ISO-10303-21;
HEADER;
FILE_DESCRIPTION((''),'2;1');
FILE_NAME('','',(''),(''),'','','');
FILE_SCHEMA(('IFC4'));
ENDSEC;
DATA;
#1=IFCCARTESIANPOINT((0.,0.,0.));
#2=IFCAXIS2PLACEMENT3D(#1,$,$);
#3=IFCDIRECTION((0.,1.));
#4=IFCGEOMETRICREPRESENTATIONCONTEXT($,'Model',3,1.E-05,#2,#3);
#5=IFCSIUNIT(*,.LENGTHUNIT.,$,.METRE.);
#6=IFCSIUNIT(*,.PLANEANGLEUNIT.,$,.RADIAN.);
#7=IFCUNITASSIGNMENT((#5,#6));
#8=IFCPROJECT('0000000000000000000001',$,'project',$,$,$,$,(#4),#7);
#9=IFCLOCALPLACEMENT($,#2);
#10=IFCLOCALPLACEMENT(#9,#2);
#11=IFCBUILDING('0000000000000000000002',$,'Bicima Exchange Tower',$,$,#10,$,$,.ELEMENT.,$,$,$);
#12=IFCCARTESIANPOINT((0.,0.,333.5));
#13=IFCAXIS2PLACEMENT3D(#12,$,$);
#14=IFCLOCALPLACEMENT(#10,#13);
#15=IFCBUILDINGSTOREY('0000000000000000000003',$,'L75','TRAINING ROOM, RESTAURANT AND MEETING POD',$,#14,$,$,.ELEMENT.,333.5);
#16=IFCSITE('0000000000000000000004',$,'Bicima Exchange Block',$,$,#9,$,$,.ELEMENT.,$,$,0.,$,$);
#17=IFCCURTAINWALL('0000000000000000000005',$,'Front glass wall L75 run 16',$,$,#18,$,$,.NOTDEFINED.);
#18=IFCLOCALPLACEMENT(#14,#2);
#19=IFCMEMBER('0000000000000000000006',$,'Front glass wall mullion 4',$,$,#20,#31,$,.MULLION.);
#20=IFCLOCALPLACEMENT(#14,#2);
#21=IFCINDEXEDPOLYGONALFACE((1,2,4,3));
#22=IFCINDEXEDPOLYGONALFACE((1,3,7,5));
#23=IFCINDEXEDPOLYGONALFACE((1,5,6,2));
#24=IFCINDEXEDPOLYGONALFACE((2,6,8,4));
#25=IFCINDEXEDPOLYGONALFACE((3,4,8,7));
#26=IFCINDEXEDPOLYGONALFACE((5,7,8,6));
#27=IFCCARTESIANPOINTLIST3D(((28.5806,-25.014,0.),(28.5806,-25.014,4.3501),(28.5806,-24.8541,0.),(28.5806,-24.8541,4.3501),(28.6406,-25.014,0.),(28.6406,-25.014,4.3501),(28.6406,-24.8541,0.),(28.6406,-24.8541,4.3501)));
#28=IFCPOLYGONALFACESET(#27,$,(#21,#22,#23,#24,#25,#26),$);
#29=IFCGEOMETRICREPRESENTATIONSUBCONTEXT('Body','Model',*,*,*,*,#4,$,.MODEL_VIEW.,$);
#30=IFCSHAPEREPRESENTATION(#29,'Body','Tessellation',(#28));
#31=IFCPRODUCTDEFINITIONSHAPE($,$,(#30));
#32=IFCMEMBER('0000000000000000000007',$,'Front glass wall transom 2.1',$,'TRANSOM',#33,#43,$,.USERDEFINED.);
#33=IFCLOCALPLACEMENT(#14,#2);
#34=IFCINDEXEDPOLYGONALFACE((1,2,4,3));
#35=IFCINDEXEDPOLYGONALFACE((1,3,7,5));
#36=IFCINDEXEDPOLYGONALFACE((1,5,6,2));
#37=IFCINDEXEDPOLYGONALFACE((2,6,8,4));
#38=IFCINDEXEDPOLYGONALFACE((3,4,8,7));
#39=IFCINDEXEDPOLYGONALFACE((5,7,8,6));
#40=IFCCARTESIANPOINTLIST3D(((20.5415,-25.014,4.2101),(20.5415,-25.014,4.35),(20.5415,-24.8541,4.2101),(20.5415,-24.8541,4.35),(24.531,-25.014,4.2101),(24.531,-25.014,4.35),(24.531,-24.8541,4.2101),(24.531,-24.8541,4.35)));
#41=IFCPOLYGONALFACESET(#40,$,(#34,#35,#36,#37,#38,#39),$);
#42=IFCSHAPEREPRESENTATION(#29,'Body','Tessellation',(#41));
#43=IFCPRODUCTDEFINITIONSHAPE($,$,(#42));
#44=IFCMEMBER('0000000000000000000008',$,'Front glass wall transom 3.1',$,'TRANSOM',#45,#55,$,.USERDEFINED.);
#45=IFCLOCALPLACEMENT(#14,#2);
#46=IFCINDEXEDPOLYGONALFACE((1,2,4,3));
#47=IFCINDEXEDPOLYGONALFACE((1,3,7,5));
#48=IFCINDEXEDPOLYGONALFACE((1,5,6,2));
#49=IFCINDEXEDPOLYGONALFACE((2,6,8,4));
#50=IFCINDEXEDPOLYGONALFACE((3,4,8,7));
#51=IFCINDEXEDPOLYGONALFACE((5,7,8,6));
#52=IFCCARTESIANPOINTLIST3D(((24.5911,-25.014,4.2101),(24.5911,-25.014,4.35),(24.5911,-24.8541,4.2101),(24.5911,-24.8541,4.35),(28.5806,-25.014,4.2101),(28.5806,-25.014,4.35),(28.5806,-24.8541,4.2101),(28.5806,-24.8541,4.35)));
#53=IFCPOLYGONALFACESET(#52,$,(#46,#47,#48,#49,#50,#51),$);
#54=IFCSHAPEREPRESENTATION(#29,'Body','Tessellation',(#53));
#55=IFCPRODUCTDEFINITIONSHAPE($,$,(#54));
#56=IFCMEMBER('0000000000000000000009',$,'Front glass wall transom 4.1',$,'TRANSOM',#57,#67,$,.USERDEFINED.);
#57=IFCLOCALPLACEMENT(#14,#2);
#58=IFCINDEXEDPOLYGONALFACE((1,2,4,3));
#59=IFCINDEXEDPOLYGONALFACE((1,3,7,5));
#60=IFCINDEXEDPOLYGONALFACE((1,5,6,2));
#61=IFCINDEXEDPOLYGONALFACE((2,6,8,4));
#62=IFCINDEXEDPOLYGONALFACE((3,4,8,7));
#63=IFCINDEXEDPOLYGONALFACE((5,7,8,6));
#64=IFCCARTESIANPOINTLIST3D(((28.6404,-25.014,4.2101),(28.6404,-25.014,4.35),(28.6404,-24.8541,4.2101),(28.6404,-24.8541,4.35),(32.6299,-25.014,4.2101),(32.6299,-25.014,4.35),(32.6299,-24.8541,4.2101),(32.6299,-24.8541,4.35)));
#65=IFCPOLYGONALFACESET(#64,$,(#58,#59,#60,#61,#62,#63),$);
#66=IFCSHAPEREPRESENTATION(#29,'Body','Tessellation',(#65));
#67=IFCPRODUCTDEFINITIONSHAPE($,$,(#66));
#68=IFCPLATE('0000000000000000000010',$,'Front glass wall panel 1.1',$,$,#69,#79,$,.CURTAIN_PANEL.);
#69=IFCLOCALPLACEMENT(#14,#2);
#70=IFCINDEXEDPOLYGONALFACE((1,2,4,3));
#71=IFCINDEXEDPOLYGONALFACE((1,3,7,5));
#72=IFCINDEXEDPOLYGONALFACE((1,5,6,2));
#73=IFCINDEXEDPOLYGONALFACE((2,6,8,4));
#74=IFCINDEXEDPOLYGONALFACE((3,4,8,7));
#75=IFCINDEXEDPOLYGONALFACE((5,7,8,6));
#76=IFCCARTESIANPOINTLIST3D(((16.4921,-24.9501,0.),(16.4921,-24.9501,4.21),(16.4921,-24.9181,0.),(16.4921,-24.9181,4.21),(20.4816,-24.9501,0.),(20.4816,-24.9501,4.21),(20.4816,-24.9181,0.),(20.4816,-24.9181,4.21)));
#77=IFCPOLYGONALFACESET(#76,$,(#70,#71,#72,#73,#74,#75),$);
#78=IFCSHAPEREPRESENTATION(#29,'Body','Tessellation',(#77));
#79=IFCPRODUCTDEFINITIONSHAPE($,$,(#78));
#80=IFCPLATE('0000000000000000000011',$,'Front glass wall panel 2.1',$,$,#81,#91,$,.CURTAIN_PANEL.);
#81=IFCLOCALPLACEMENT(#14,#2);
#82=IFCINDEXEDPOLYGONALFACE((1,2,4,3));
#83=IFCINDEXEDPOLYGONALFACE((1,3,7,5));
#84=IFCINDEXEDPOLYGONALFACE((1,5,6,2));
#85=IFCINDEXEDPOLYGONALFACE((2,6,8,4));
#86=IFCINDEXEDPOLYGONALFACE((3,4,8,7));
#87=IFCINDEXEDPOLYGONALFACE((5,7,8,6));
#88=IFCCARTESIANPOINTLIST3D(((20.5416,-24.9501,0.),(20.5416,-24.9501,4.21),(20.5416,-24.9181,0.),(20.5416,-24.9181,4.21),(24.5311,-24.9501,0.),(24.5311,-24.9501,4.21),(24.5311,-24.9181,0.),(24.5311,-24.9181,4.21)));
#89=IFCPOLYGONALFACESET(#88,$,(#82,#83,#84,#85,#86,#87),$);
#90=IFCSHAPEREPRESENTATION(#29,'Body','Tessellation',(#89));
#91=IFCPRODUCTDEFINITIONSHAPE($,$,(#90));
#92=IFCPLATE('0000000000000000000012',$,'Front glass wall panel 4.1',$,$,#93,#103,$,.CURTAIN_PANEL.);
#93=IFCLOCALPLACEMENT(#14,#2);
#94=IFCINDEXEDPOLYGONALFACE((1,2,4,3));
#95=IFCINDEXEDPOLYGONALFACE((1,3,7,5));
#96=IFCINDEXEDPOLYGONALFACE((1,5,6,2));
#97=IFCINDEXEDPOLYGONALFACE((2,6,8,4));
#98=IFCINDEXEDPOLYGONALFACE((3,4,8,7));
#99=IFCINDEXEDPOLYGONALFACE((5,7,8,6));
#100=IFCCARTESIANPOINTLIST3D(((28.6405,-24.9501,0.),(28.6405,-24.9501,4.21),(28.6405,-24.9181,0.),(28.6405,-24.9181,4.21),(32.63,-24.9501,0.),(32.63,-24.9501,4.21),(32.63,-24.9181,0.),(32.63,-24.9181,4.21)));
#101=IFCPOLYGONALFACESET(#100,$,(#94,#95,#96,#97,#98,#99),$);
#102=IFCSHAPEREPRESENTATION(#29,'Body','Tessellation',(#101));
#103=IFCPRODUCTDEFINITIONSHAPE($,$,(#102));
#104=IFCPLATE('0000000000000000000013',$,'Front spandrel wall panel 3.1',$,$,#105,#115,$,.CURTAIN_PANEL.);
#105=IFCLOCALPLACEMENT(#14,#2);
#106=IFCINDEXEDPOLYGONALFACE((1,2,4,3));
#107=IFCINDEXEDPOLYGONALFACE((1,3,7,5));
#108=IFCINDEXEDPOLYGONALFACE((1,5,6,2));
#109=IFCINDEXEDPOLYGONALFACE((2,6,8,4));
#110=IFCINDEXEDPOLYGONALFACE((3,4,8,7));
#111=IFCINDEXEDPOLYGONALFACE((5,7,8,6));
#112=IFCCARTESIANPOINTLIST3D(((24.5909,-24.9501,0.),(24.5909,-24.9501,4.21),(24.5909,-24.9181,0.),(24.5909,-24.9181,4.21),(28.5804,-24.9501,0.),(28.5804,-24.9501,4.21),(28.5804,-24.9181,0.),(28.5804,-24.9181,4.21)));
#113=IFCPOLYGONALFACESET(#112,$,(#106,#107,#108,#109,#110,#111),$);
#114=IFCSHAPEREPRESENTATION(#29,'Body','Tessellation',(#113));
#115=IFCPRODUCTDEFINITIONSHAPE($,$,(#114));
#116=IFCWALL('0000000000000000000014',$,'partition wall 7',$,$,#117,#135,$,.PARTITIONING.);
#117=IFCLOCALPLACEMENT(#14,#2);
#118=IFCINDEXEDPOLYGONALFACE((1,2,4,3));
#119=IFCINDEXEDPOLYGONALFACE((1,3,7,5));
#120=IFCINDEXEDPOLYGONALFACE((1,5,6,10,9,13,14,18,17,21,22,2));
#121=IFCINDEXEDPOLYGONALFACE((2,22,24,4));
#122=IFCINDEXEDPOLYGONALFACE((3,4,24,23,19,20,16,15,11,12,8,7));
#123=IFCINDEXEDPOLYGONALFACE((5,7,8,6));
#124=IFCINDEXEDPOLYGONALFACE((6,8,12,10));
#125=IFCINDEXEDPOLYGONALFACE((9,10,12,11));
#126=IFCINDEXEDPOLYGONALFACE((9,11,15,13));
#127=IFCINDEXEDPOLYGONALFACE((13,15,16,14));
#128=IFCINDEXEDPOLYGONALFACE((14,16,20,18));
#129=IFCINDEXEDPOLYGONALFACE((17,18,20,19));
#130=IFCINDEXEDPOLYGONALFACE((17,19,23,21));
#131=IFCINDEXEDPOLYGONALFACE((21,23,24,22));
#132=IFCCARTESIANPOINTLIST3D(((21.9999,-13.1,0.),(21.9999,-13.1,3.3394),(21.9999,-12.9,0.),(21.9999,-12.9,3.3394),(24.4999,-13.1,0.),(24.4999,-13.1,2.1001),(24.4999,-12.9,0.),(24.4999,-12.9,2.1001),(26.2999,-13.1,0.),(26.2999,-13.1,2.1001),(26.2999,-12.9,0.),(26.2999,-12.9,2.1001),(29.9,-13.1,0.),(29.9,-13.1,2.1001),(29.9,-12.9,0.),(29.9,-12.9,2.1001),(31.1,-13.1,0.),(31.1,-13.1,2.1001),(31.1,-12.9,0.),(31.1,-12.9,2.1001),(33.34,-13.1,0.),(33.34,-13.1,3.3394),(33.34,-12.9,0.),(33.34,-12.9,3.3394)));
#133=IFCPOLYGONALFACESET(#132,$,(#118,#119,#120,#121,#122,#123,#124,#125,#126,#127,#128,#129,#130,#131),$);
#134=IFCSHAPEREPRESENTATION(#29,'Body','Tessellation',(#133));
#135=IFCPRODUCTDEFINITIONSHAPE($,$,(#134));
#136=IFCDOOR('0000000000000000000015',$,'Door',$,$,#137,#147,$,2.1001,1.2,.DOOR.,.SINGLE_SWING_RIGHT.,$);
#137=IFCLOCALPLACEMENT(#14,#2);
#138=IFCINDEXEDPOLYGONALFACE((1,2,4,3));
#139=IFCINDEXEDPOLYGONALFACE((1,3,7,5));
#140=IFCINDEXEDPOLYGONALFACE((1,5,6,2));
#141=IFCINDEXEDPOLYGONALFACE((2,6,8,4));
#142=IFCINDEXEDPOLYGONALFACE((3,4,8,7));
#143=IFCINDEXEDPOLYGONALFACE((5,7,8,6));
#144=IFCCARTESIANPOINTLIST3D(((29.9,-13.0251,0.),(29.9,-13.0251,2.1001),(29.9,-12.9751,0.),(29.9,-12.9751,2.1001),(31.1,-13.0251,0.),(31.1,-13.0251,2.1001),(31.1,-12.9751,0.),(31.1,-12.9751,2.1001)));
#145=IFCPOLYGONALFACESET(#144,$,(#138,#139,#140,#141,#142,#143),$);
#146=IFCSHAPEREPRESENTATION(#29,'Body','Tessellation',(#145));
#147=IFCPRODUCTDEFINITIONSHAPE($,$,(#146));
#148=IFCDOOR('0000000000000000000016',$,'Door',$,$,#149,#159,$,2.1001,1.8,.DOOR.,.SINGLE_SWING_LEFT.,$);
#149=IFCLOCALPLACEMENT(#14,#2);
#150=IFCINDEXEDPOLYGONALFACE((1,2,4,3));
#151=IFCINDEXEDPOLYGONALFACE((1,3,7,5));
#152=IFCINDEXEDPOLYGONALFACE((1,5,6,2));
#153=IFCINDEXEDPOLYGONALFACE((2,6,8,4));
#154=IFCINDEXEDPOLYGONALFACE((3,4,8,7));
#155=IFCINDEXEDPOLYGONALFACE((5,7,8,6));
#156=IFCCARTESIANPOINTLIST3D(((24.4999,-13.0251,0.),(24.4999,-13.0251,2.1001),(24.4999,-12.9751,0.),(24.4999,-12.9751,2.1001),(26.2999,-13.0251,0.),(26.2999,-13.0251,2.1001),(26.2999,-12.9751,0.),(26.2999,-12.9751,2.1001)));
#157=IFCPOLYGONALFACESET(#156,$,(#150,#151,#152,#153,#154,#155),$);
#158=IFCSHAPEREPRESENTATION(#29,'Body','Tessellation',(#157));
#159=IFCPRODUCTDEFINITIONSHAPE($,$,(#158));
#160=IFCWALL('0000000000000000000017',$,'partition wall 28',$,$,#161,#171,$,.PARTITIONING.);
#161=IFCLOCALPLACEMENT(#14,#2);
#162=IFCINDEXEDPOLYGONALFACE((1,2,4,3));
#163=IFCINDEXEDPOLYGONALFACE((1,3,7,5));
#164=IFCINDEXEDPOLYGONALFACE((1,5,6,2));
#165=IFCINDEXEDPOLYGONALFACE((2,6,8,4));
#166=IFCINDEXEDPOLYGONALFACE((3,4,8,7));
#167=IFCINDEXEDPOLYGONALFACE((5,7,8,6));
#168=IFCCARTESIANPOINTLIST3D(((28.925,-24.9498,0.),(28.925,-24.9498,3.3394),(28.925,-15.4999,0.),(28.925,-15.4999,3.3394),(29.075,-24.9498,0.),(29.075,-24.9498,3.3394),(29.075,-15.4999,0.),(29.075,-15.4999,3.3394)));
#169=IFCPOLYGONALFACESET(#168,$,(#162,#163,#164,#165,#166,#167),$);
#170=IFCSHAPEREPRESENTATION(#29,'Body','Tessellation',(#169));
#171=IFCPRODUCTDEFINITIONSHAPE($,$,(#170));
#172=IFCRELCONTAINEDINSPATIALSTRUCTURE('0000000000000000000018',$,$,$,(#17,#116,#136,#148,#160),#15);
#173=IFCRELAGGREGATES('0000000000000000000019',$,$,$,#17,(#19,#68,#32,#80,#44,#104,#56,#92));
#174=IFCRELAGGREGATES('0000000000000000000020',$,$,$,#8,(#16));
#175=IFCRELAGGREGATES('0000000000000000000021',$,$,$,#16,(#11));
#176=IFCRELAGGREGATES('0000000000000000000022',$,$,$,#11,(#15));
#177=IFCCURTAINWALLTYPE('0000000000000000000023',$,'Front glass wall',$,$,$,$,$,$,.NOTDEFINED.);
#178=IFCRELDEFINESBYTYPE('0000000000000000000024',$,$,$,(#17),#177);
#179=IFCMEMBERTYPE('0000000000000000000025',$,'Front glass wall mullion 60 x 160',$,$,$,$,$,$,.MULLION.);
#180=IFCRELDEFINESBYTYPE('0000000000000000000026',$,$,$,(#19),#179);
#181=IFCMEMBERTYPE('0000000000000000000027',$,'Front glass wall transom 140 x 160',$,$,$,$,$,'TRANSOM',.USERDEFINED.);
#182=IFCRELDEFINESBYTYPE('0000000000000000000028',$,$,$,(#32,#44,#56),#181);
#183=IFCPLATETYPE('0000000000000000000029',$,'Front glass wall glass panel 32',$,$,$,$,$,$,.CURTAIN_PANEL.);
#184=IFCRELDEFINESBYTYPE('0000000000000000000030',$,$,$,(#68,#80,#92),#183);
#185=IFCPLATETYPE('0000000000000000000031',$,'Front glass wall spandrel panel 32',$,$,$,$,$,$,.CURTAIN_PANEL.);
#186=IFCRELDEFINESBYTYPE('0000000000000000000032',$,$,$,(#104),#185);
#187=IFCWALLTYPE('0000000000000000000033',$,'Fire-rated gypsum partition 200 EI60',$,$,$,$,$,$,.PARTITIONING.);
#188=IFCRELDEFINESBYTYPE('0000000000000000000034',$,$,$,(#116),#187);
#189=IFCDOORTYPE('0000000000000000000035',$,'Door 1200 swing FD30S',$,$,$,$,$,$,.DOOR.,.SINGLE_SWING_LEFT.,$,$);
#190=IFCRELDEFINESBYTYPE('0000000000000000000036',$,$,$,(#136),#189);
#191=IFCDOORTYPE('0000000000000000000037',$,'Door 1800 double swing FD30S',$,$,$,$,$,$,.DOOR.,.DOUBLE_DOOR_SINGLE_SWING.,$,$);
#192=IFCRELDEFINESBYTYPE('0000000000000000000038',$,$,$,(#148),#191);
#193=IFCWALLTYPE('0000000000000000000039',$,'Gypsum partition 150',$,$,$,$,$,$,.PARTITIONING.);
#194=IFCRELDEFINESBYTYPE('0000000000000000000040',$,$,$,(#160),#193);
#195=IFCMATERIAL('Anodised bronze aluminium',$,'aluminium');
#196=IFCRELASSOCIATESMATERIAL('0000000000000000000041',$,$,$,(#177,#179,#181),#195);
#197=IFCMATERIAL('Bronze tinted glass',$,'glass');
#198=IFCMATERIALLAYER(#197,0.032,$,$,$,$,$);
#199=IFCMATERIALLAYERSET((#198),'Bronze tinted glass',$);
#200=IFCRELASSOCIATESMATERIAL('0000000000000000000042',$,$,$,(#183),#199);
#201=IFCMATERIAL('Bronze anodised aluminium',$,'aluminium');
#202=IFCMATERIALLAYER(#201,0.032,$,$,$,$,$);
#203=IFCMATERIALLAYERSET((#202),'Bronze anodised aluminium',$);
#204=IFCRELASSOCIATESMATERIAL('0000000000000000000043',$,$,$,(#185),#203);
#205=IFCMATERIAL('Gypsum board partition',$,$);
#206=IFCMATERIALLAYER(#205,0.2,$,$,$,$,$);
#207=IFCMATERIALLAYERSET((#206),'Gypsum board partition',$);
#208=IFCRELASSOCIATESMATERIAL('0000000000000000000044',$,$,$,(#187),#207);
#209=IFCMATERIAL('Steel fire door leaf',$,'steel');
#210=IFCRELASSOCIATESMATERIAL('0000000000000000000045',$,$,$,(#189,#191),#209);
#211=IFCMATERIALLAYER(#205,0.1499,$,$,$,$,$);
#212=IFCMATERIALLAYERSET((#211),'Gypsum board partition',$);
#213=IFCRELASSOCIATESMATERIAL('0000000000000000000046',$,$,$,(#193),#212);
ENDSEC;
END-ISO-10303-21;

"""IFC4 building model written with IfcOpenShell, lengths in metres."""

from ifc_helpers import new_model, si_unit, direction, frame, frame_2d, origin, origin_2d, place, context, subcontext, project, spatial, rectangle, extrude, material, layer, layer_set, material_profile, profile_set, type_object, element, fill, aggregate, save


model = new_model("IFC4")

# Units and contexts
model_context = context("Model", 3, precision=1e-05, world=origin(), true_north=direction((0.0, 1.0)))
body_context = subcontext(model_context, "Body", "Model", "MODEL_VIEW")
ifc_project = project(units=[si_unit("LENGTHUNIT", "METRE"), si_unit("PLANEANGLEUNIT", "RADIAN")], contexts=[model_context])

# Site, building, storey
site_placement = place(None, origin())
site = spatial("IfcSite", under=ifc_project, at=site_placement, Name="Bicima Exchange Block", CompositionType="ELEMENT", RefElevation=0.0)
building_placement = place(site_placement, origin())
building = spatial("IfcBuilding", under=site, at=building_placement, Name="Bicima Exchange Tower", CompositionType="ELEMENT")
storey_placement = place(building_placement, frame((0.0, 0.0, 333.5)))
storey = spatial("IfcBuildingStorey", under=building, at=storey_placement, Name="L75", Description="TRAINING ROOM, RESTAURANT AND MEETING POD", CompositionType="ELEMENT", Elevation=333.5)

# Curtain wall, members, plates
ifc_material_1 = material(Name="Anodised bronze aluminium", Category="aluminium")
curtain_wall_type = type_object("IfcCurtainWallType", Name="Front glass wall", PredefinedType="NOTDEFINED", material=ifc_material_1)
curtain_wall_placement = place(storey_placement, origin())
curtain_wall = element("IfcCurtainWall", 1, at=curtain_wall_placement, inside=storey, type_object=curtain_wall_type, Name="Front glass wall L75 run 16", PredefinedType="NOTDEFINED")
ifc_material_profile_1 = material_profile(ifc_material_1, rectangle(XDim=0.1599, YDim=0.0601, at=origin_2d()))
ifc_profile_set_1 = profile_set([ifc_material_profile_1], Name="Anodised bronze aluminium")
member_type_1 = type_object("IfcMemberType", Name="Front glass wall mullion 60 x 160", PredefinedType="MULLION", material=ifc_profile_set_1)
member_1_placement = place(storey_placement, frame((28.6106, -24.9341, 0.0), z_axis=(0.0, 0.0, 1.0), x_axis=(0.0, 1.0, 0.0)))
member_1 = element("IfcMember", 2, at=member_1_placement, type_object=member_type_1, Name="Front glass wall mullion 4", PredefinedType="MULLION", context=body_context, shape_type="SweptSolid", body=[
    extrude(rectangle(XDim=0.1599, YDim=0.0601, at=origin_2d()), origin(), (0.0, 0.0, 1.0), 4.3501),
])
ifc_material_profile_2 = material_profile(ifc_material_1, rectangle(XDim=0.1599, YDim=0.1399, at=origin_2d()))
ifc_profile_set_2 = profile_set([ifc_material_profile_2], Name="Anodised bronze aluminium")
member_type_2 = type_object("IfcMemberType", Name="Front glass wall transom 140 x 160", ElementType="TRANSOM", PredefinedType="USERDEFINED", material=ifc_profile_set_2)
member_2_placement = place(storey_placement, frame((20.5415, -24.9341, 4.28), z_axis=(1.0, 0.0, 0.0), x_axis=(0.0, 1.0, 0.0)))
member_2 = element("IfcMember", 3, at=member_2_placement, type_object=member_type_2, Name="Front glass wall transom 2.1", ObjectType="TRANSOM", PredefinedType="USERDEFINED", context=body_context, shape_type="SweptSolid", body=[
    extrude(rectangle(XDim=0.1599, YDim=0.1399, at=origin_2d()), origin(), (0.0, 0.0, 1.0), 3.9895),
])
member_3_placement = place(storey_placement, frame((24.5911, -24.9341, 4.28), z_axis=(1.0, 0.0, 0.0), x_axis=(0.0, 1.0, 0.0)))
member_3 = element("IfcMember", 4, at=member_3_placement, type_object=member_type_2, Name="Front glass wall transom 3.1", ObjectType="TRANSOM", PredefinedType="USERDEFINED", context=body_context, shape_type="SweptSolid", body=[
    extrude(rectangle(XDim=0.1599, YDim=0.1399, at=origin_2d()), origin(), (0.0, 0.0, 1.0), 3.9895),
])
member_4_placement = place(storey_placement, frame((28.6404, -24.9341, 4.28), z_axis=(1.0, 0.0, 0.0), x_axis=(0.0, 1.0, 0.0)))
member_4 = element("IfcMember", 5, at=member_4_placement, type_object=member_type_2, Name="Front glass wall transom 4.1", ObjectType="TRANSOM", PredefinedType="USERDEFINED", context=body_context, shape_type="SweptSolid", body=[
    extrude(rectangle(XDim=0.1599, YDim=0.1399, at=origin_2d()), origin(), (0.0, 0.0, 1.0), 3.9895),
])
ifc_material_2 = material(Name="Bronze tinted glass", Category="glass")
ifc_layer_1 = layer(ifc_material_2, 0.032)
ifc_layer_set_1 = layer_set([ifc_layer_1], Name="Bronze tinted glass")
plate_type_1 = type_object("IfcPlateType", Name="Front glass wall glass panel 32", PredefinedType="CURTAIN_PANEL", material=ifc_layer_set_1)
plate_1_placement = place(storey_placement, frame((18.4868, -24.9341, 0.0), z_axis=(0.0, 0.0, 1.0), x_axis=(1.0, 0.0, 0.0)))
plate_1 = element("IfcPlate", 6, at=plate_1_placement, type_object=plate_type_1, Name="Front glass wall panel 1.1", PredefinedType="CURTAIN_PANEL", context=body_context, shape_type="SweptSolid", body=[
    extrude(rectangle(XDim=3.9895, YDim=0.032, at=origin_2d()), origin(), (0.0, 0.0, 1.0), 4.21),
])
plate_2_placement = place(storey_placement, frame((22.5364, -24.9341, 0.0), z_axis=(0.0, 0.0, 1.0), x_axis=(1.0, 0.0, 0.0)))
plate_2 = element("IfcPlate", 7, at=plate_2_placement, type_object=plate_type_1, Name="Front glass wall panel 2.1", PredefinedType="CURTAIN_PANEL", context=body_context, shape_type="SweptSolid", body=[
    extrude(rectangle(XDim=3.9895, YDim=0.032, at=origin_2d()), origin(), (0.0, 0.0, 1.0), 4.21),
])
plate_3_placement = place(storey_placement, frame((30.6353, -24.9341, 0.0), z_axis=(0.0, 0.0, 1.0), x_axis=(1.0, 0.0, 0.0)))
plate_3 = element("IfcPlate", 8, at=plate_3_placement, type_object=plate_type_1, Name="Front glass wall panel 4.1", PredefinedType="CURTAIN_PANEL", context=body_context, shape_type="SweptSolid", body=[
    extrude(rectangle(XDim=3.9895, YDim=0.032, at=origin_2d()), origin(), (0.0, 0.0, 1.0), 4.21),
])
ifc_material_3 = material(Name="Bronze anodised aluminium", Category="aluminium")
ifc_layer_2 = layer(ifc_material_3, 0.032)
ifc_layer_set_2 = layer_set([ifc_layer_2], Name="Bronze anodised aluminium")
plate_type_2 = type_object("IfcPlateType", Name="Front glass wall spandrel panel 32", PredefinedType="CURTAIN_PANEL", material=ifc_layer_set_2)
plate_4_placement = place(storey_placement, frame((26.5857, -24.9341, 0.0), z_axis=(0.0, 0.0, 1.0), x_axis=(1.0, 0.0, 0.0)))
plate_4 = element("IfcPlate", 9, at=plate_4_placement, type_object=plate_type_2, Name="Front spandrel wall panel 3.1", PredefinedType="CURTAIN_PANEL", context=body_context, shape_type="SweptSolid", body=[
    extrude(rectangle(XDim=3.9895, YDim=0.032, at=origin_2d()), origin(), (0.0, 0.0, 1.0), 4.21),
])
aggregate(curtain_wall, [member_1, plate_1, member_2, plate_2, member_3, plate_4, member_4, plate_3])

# Wall, openings, doors
ifc_material_4 = material(Name="Gypsum board partition")
ifc_layer_3 = layer(ifc_material_4, 0.2)
ifc_layer_set_3 = layer_set([ifc_layer_3], Name="Gypsum board partition")
wall_type_1 = type_object("IfcWallType", Name="Fire-rated gypsum partition 200 EI60", PredefinedType="PARTITIONING", material=ifc_layer_set_3)
wall_1_placement = place(storey_placement, frame((22.0, -13.0, 0.0), z_axis=(0.0, 0.0, 1.0), x_axis=(1.0, 0.0, 0.0)))
wall_1 = element("IfcWall", 10, at=wall_1_placement, inside=storey, type_object=wall_type_1, Name="partition wall 7", PredefinedType="PARTITIONING", context=body_context, shape_type="SweptSolid", body=[
    extrude(rectangle(XDim=11.3401, YDim=0.2, at=frame_2d((5.6699, 0.0))), origin(), (0.0, 0.0, 1.0), 3.3394),
])
opening_1_placement = place(wall_1_placement, frame((7.8999, 0.0, 0.0)))
opening_1 = element("IfcOpeningElement", 11, at=opening_1_placement, cuts=wall_1, PredefinedType="OPENING", context=body_context, shape_type="SweptSolid", body=[
    extrude(rectangle(XDim=1.2, YDim=2.1001, at=frame_2d((0.6001, 1.05))), frame((0.0, 0.1118, 0.0), z_axis=(0.0, -1.0, 0.0), x_axis=(1.0, 0.0, 0.0)), (0.0, 0.0, 1.0), 0.2239),
])
opening_2_placement = place(wall_1_placement, frame((2.5, 0.0, 0.0)))
opening_2 = element("IfcOpeningElement", 12, at=opening_2_placement, cuts=wall_1, PredefinedType="OPENING", context=body_context, shape_type="SweptSolid", body=[
    extrude(rectangle(XDim=1.8, YDim=2.1001, at=frame_2d((0.8999, 1.05))), frame((0.0, 0.1118, 0.0), z_axis=(0.0, -1.0, 0.0), x_axis=(1.0, 0.0, 0.0)), (0.0, 0.0, 1.0), 0.2239),
])
ifc_material_5 = material(Name="Steel fire door leaf", Category="steel")
door_type_1 = type_object("IfcDoorType", Name="Door 1200 swing FD30S", OperationType="SINGLE_SWING_LEFT", PredefinedType="DOOR", material=ifc_material_5)
door_1_placement = place(opening_1_placement, origin())
door_1 = element("IfcDoor", 13, at=door_1_placement, inside=storey, type_object=door_type_1, Name="Door", OperationType="SINGLE_SWING_RIGHT", OverallHeight=2.1001, OverallWidth=1.2, PredefinedType="DOOR", context=body_context, shape_type="SweptSolid", body=[
    extrude(rectangle(XDim=1.2, YDim=2.1001, at=frame_2d((0.6001, 1.05))), frame((0.0, 0.0249, 0.0), z_axis=(0.0, -1.0, 0.0), x_axis=(1.0, 0.0, 0.0)), (0.0, 0.0, 1.0), 0.05),
])
fill(opening_1, door_1)
door_type_2 = type_object("IfcDoorType", Name="Door 1800 double swing FD30S", OperationType="DOUBLE_DOOR_SINGLE_SWING", PredefinedType="DOOR", material=ifc_material_5)
door_2_placement = place(opening_2_placement, origin())
door_2 = element("IfcDoor", 14, at=door_2_placement, inside=storey, type_object=door_type_2, Name="Door", OperationType="SINGLE_SWING_LEFT", OverallHeight=2.1001, OverallWidth=1.8, PredefinedType="DOOR", context=body_context, shape_type="SweptSolid", body=[
    extrude(rectangle(XDim=1.8, YDim=2.1001, at=frame_2d((0.8999, 1.05))), frame((0.0, 0.0249, 0.0), z_axis=(0.0, -1.0, 0.0), x_axis=(1.0, 0.0, 0.0)), (0.0, 0.0, 1.0), 0.05),
])
fill(opening_2, door_2)

# Wall
ifc_layer_4 = layer(ifc_material_4, 0.1499)
ifc_layer_set_4 = layer_set([ifc_layer_4], Name="Gypsum board partition")
wall_type_2 = type_object("IfcWallType", Name="Gypsum partition 150", PredefinedType="PARTITIONING", material=ifc_layer_set_4)
wall_2_placement = place(storey_placement, frame((29.0, -24.95, 0.0), z_axis=(0.0, 0.0, 1.0), x_axis=(0.0, 1.0, 0.0)))
element("IfcWall", 15, at=wall_2_placement, inside=storey, type_object=wall_type_2, Name="partition wall 28", PredefinedType="PARTITIONING", context=body_context, shape_type="SweptSolid", body=[
    extrude(rectangle(XDim=9.45, YDim=0.1499, at=frame_2d((4.7251, 0.0))), origin(), (0.0, 0.0, 1.0), 3.3394),
])

save(model, "model.ifc")
